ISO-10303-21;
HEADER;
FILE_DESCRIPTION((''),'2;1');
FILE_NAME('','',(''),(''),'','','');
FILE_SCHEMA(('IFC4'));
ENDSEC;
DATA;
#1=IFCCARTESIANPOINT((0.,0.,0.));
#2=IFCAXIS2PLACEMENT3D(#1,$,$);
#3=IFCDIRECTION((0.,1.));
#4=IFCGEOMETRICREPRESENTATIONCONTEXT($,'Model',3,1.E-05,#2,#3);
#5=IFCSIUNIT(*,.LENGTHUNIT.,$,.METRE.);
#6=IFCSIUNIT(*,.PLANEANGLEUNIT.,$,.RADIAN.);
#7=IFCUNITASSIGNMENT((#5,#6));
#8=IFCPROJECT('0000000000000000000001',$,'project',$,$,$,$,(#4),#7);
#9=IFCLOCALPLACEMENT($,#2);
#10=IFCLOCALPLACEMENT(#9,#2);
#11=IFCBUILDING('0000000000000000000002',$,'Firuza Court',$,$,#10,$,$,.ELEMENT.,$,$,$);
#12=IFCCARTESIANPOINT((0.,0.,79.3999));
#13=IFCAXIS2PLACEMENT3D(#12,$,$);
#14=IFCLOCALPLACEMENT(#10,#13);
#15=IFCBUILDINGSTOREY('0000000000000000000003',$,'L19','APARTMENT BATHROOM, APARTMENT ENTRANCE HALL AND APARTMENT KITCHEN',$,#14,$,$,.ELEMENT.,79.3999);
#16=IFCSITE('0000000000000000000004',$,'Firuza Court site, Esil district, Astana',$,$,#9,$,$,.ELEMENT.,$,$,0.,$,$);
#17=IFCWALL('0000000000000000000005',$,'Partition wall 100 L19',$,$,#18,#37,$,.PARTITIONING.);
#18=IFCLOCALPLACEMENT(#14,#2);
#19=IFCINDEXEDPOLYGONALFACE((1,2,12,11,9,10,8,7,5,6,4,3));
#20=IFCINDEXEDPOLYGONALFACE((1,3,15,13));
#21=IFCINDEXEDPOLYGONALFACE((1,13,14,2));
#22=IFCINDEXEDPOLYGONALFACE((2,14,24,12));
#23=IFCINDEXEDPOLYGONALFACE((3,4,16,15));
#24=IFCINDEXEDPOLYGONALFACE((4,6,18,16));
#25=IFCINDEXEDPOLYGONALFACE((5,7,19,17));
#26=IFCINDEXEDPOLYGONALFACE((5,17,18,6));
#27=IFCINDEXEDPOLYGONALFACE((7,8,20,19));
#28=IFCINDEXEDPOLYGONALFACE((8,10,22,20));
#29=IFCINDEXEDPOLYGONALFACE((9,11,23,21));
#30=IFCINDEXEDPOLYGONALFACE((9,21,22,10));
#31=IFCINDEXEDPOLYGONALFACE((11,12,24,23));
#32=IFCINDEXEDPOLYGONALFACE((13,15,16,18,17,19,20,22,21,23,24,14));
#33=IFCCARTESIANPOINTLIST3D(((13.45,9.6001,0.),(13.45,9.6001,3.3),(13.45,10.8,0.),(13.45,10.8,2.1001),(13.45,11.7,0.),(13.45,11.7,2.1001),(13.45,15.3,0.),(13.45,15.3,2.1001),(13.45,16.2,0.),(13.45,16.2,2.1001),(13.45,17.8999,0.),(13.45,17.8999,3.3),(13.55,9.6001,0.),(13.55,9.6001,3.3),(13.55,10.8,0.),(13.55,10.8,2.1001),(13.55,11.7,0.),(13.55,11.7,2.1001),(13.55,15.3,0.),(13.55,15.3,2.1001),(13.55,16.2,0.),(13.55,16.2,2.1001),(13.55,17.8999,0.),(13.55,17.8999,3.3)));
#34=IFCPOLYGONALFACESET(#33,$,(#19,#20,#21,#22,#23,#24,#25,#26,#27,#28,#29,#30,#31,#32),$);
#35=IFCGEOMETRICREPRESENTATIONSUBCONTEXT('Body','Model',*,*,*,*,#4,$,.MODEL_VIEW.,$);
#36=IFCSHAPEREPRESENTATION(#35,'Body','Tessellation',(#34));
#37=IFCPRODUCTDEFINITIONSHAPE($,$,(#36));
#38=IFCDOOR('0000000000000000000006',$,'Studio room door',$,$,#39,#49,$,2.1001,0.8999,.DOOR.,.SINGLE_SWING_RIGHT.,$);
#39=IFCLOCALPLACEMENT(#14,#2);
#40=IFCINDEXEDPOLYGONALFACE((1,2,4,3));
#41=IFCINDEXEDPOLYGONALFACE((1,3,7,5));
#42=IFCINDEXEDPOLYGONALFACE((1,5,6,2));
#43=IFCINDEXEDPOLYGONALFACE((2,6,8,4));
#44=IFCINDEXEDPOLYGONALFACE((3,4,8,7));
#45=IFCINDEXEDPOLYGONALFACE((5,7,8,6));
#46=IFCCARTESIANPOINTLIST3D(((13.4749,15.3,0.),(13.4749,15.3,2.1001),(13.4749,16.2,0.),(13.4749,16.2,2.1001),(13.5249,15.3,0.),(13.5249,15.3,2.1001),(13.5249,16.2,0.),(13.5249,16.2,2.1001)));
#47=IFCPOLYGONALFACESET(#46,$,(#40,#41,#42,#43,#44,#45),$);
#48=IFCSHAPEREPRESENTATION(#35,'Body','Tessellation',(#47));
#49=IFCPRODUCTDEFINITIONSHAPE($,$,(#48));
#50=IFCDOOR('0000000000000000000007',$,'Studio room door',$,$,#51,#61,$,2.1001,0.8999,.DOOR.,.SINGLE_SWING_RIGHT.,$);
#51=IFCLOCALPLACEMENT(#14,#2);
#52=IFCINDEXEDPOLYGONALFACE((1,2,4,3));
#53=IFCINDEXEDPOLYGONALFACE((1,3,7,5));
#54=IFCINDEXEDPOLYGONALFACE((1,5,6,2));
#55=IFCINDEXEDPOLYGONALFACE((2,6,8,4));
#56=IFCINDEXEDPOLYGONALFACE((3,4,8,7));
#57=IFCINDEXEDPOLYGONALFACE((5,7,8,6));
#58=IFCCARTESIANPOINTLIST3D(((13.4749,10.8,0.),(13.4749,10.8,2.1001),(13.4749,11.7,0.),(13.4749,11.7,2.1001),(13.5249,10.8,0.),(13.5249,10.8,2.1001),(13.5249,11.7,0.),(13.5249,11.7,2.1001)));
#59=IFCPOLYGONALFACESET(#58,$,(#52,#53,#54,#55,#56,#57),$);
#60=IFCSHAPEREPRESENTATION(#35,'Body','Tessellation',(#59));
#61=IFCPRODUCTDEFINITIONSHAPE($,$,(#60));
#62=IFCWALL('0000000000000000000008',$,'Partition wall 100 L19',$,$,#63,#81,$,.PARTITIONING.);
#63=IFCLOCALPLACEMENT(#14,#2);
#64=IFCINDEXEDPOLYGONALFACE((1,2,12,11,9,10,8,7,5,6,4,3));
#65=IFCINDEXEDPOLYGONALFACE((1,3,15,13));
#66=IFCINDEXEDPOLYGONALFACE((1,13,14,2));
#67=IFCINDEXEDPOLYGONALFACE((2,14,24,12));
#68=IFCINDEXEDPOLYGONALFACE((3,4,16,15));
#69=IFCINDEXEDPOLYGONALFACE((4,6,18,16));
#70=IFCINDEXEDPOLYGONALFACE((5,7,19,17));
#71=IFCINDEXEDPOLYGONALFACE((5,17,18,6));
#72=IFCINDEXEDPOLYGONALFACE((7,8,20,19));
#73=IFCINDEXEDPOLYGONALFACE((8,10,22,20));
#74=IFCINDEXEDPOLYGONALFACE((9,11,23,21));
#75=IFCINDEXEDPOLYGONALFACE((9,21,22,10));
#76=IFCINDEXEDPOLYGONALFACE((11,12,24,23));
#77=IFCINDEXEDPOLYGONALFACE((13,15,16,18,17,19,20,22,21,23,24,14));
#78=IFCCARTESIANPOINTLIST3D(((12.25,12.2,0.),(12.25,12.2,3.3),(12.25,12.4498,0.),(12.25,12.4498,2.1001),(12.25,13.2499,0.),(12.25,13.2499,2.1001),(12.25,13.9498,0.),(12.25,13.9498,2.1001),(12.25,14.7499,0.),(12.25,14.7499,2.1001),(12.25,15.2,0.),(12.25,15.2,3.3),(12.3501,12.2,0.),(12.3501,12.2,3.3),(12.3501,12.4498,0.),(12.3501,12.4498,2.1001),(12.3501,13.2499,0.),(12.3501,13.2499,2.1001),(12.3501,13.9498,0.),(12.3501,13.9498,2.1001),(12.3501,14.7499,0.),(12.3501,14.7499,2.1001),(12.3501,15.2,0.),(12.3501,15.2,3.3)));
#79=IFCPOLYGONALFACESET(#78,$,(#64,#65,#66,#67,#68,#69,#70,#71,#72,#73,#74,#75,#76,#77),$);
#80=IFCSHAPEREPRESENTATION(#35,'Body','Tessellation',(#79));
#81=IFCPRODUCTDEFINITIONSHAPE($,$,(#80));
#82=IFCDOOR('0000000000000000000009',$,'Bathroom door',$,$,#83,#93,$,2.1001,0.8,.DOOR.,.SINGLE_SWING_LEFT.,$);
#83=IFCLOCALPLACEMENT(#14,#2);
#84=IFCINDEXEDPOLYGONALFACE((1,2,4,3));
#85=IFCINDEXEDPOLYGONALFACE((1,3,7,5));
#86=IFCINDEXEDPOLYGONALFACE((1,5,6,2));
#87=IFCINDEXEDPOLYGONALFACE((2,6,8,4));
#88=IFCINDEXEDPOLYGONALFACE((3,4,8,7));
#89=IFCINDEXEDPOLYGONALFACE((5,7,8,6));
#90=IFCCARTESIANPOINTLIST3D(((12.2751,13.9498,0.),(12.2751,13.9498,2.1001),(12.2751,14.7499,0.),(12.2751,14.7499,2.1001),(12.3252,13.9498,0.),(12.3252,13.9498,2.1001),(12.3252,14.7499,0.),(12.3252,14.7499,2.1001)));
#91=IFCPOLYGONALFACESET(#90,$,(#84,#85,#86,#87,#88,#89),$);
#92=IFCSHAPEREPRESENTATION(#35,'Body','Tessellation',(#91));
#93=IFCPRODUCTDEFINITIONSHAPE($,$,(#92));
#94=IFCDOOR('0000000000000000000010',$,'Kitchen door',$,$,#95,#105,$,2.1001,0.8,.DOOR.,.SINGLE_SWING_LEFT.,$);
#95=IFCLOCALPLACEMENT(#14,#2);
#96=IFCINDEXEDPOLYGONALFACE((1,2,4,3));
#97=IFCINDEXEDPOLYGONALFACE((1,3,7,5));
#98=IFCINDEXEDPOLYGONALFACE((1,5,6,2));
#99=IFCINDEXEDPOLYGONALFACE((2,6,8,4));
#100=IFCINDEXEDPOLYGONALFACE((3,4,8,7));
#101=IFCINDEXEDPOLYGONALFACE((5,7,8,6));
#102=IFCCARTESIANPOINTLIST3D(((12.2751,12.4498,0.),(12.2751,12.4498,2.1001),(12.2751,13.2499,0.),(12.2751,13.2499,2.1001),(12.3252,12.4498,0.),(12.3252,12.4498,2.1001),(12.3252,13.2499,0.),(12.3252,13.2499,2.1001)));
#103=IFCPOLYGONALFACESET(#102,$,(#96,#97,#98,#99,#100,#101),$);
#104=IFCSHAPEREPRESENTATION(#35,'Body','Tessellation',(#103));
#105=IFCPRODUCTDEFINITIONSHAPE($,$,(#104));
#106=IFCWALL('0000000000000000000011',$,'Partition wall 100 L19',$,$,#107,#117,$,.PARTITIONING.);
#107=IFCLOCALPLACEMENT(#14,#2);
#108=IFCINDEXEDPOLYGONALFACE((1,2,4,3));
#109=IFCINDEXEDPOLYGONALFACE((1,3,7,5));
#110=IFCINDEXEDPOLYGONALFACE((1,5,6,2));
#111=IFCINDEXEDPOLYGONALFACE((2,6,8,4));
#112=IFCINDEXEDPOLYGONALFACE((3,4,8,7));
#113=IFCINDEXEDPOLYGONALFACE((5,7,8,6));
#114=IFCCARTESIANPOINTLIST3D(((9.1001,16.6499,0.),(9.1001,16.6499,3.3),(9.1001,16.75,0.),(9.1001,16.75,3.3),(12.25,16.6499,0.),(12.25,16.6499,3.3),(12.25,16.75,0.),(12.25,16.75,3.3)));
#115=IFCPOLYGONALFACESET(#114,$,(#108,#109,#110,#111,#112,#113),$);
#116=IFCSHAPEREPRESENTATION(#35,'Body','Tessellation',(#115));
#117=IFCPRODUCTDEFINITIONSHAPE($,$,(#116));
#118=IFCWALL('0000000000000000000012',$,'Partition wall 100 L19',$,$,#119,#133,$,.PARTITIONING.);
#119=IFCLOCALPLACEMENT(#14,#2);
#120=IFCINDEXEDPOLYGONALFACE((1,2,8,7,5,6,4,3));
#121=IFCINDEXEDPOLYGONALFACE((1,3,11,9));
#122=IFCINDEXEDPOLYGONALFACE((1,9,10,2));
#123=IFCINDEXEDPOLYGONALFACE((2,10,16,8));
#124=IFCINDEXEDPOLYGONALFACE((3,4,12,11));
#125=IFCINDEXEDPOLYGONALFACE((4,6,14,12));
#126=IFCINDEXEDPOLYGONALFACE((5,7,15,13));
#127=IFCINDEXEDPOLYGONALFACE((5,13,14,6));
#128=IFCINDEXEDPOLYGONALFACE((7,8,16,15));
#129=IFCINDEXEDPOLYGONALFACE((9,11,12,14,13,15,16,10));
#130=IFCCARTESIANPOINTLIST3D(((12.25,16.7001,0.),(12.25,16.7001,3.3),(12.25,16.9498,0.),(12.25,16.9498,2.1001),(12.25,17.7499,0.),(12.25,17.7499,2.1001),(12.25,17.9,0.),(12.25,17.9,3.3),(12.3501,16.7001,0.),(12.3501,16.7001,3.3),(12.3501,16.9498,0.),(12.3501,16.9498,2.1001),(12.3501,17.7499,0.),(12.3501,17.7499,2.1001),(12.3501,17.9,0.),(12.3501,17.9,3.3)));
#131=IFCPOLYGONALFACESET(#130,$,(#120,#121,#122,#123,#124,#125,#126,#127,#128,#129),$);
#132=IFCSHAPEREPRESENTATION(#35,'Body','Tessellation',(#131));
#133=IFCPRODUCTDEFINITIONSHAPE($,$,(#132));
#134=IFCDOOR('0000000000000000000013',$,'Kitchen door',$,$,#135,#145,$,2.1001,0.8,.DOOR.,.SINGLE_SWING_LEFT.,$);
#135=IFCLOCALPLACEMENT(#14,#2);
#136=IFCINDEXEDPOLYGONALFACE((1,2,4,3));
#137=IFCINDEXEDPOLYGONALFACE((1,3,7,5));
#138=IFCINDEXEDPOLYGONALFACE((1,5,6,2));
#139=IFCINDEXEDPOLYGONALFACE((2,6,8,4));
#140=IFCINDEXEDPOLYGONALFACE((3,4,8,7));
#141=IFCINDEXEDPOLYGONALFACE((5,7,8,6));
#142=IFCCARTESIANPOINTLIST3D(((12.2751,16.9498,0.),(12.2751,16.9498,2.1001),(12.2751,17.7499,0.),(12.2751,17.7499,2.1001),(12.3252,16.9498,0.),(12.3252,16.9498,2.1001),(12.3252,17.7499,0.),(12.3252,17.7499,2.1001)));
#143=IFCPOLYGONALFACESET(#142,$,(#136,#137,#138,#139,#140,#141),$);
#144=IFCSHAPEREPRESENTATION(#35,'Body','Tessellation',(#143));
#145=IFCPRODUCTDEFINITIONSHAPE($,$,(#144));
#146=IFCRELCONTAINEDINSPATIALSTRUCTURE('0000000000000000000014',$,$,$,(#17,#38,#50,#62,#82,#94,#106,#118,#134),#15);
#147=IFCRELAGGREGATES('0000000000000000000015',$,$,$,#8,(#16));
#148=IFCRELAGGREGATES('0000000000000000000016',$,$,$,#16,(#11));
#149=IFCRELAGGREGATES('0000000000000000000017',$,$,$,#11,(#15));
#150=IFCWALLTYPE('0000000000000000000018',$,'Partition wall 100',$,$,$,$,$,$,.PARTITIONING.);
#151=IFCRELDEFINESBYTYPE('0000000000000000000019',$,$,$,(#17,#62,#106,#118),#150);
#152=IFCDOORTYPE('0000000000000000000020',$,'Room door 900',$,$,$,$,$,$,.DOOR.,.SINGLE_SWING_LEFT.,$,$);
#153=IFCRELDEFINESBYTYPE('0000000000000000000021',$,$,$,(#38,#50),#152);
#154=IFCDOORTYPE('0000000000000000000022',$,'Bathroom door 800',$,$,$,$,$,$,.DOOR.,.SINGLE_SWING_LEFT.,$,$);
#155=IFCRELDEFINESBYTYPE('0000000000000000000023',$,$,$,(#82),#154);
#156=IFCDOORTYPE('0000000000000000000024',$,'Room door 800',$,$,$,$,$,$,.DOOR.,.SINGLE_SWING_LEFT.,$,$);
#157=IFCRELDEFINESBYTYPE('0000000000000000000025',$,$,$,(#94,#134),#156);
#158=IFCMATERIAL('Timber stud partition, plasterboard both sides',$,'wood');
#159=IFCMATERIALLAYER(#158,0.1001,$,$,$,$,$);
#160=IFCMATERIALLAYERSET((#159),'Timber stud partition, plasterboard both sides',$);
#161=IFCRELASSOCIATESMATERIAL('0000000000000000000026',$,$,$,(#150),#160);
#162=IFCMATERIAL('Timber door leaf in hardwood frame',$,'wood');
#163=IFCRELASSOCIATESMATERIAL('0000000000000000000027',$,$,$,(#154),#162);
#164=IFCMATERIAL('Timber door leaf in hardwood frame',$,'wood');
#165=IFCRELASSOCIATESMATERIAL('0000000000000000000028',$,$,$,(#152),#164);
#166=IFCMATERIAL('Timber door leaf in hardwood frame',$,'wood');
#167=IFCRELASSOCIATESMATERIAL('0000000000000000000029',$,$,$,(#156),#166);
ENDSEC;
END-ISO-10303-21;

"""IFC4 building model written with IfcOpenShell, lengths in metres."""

from ifc_helpers import new_model, si_unit, direction, frame, frame_2d, origin, place, context, subcontext, project, spatial, rectangle, extrude, material, layer, layer_set, type_object, element, fill, save


model = new_model("IFC4")

# Units and contexts
model_context = context("Model", 3, precision=1e-05, world=origin(), true_north=direction((0.0, 1.0)))
body_context = subcontext(model_context, "Body", "Model", "MODEL_VIEW")
ifc_project = project(units=[si_unit("LENGTHUNIT", "METRE"), si_unit("PLANEANGLEUNIT", "RADIAN")], contexts=[model_context])

# Site, building, storey
site_placement = place(None, origin())
site = spatial("IfcSite", under=ifc_project, at=site_placement, Name="Firuza Court site, Esil district, Astana", CompositionType="ELEMENT", RefElevation=0.0)
building_placement = place(site_placement, origin())
building = spatial("IfcBuilding", under=site, at=building_placement, Name="Firuza Court", CompositionType="ELEMENT")
storey_placement = place(building_placement, frame((0.0, 0.0, 79.3999)))
storey = spatial("IfcBuildingStorey", under=building, at=storey_placement, Name="L19", Description="APARTMENT BATHROOM, APARTMENT ENTRANCE HALL AND APARTMENT KITCHEN", CompositionType="ELEMENT", Elevation=79.3999)

# Shared definitions
ifc_material_1 = material(Name="Timber stud partition, plasterboard both sides", Category="wood")
ifc_layer_1 = layer(ifc_material_1, 0.1001)
ifc_layer_set_1 = layer_set([ifc_layer_1], Name="Timber stud partition, plasterboard both sides")
wall_type_1 = type_object("IfcWallType", Name="Partition wall 100", PredefinedType="PARTITIONING", material=ifc_layer_set_1)
ifc_material_2 = material(Name="Timber door leaf in hardwood frame", Category="wood")
door_type_1 = type_object("IfcDoorType", Name="Bathroom door 800", OperationType="SINGLE_SWING_LEFT", PredefinedType="DOOR", material=ifc_material_2)

# Walls, openings, doors
wall_1_placement = place(storey_placement, frame((13.5, 9.6001, 0.0), z_axis=(0.0, 0.0, 1.0), x_axis=(0.0, 1.0, 0.0)))
wall_1 = element("IfcWall", 1, at=wall_1_placement, inside=storey, type_object=wall_type_1, Name="Partition wall 100 L19", PredefinedType="PARTITIONING", context=body_context, shape_type="SweptSolid", body=[
    extrude(rectangle(XDim=8.2998, YDim=0.1001, at=frame_2d((4.1499, 0.0))), origin(), (0.0, 0.0, 1.0), 3.3),
])
opening_1_placement = place(wall_1_placement, frame((5.7, 0.0, 0.0)))
opening_1 = element("IfcOpeningElement", 2, at=opening_1_placement, cuts=wall_1, PredefinedType="OPENING", context=body_context, shape_type="SweptSolid", body=[
    extrude(rectangle(XDim=0.8999, YDim=2.1001, at=frame_2d((0.45, 1.05))), frame((0.0, 0.062, 0.0), z_axis=(0.0, -1.0, 0.0), x_axis=(1.0, 0.0, 0.0)), (0.0, 0.0, 1.0), 0.124),
])
opening_2_placement = place(wall_1_placement, frame((1.2, 0.0, 0.0)))
opening_2 = element("IfcOpeningElement", 3, at=opening_2_placement, cuts=wall_1, PredefinedType="OPENING", context=body_context, shape_type="SweptSolid", body=[
    extrude(rectangle(XDim=0.8999, YDim=2.1001, at=frame_2d((0.45, 1.05))), frame((0.0, 0.062, 0.0), z_axis=(0.0, -1.0, 0.0), x_axis=(1.0, 0.0, 0.0)), (0.0, 0.0, 1.0), 0.124),
])
ifc_material_3 = material(Name="Timber door leaf in hardwood frame", Category="wood")
door_type_2 = type_object("IfcDoorType", Name="Room door 900", OperationType="SINGLE_SWING_LEFT", PredefinedType="DOOR", material=ifc_material_3)
door_1_placement = place(opening_1_placement, frame((0.8999, 0.0, 0.0), z_axis=(0.0, 0.0, 1.0), x_axis=(-1.0, 0.0, 0.0)))
door_1 = element("IfcDoor", 4, at=door_1_placement, inside=storey, type_object=door_type_2, Name="Studio room door", OperationType="SINGLE_SWING_RIGHT", OverallHeight=2.1001, OverallWidth=0.8999, PredefinedType="DOOR", context=body_context, shape_type="SweptSolid", body=[
    extrude(rectangle(XDim=0.8999, YDim=2.1001, at=frame_2d((0.45, 1.05))), frame((0.0, 0.0249, 0.0), z_axis=(0.0, -1.0, 0.0), x_axis=(1.0, 0.0, 0.0)), (0.0, 0.0, 1.0), 0.05),
])
fill(opening_1, door_1)
door_2_placement = place(opening_2_placement, frame((0.8999, 0.0, 0.0), z_axis=(0.0, 0.0, 1.0), x_axis=(-1.0, 0.0, 0.0)))
door_2 = element("IfcDoor", 5, at=door_2_placement, inside=storey, type_object=door_type_2, Name="Studio room door", OperationType="SINGLE_SWING_RIGHT", OverallHeight=2.1001, OverallWidth=0.8999, PredefinedType="DOOR", context=body_context, shape_type="SweptSolid", body=[
    extrude(rectangle(XDim=0.8999, YDim=2.1001, at=frame_2d((0.45, 1.05))), frame((0.0, 0.0249, 0.0), z_axis=(0.0, -1.0, 0.0), x_axis=(1.0, 0.0, 0.0)), (0.0, 0.0, 1.0), 0.05),
])
fill(opening_2, door_2)
wall_2_placement = place(storey_placement, frame((12.3, 12.2, 0.0), z_axis=(0.0, 0.0, 1.0), x_axis=(0.0, 1.0, 0.0)))
wall_2 = element("IfcWall", 6, at=wall_2_placement, inside=storey, type_object=wall_type_1, Name="Partition wall 100 L19", PredefinedType="PARTITIONING", context=body_context, shape_type="SweptSolid", body=[
    extrude(rectangle(XDim=3.0, YDim=0.1001, at=frame_2d((1.5, 0.0))), origin(), (0.0, 0.0, 1.0), 3.3),
])
opening_3_placement = place(wall_2_placement, frame((1.75, 0.0, 0.0)))
opening_3 = element("IfcOpeningElement", 7, at=opening_3_placement, cuts=wall_2, PredefinedType="OPENING", context=body_context, shape_type="SweptSolid", body=[
    extrude(rectangle(XDim=0.8, YDim=2.1001, at=frame_2d((0.3999, 1.05))), frame((0.0, 0.062, 0.0), z_axis=(0.0, -1.0, 0.0), x_axis=(1.0, 0.0, 0.0)), (0.0, 0.0, 1.0), 0.124),
])
opening_4_placement = place(wall_2_placement, frame((0.25, 0.0, 0.0)))
opening_4 = element("IfcOpeningElement", 8, at=opening_4_placement, cuts=wall_2, PredefinedType="OPENING", context=body_context, shape_type="SweptSolid", body=[
    extrude(rectangle(XDim=0.8, YDim=2.1001, at=frame_2d((0.3999, 1.05))), frame((0.0, 0.062, 0.0), z_axis=(0.0, -1.0, 0.0), x_axis=(1.0, 0.0, 0.0)), (0.0, 0.0, 1.0), 0.124),
])
door_3_placement = place(opening_3_placement, origin())
door_3 = element("IfcDoor", 9, at=door_3_placement, inside=storey, type_object=door_type_1, Name="Bathroom door", OperationType="SINGLE_SWING_LEFT", OverallHeight=2.1001, OverallWidth=0.8, PredefinedType="DOOR", context=body_context, shape_type="SweptSolid", body=[
    extrude(rectangle(XDim=0.8, YDim=2.1001, at=frame_2d((0.3999, 1.05))), frame((0.0, 0.0249, 0.0), z_axis=(0.0, -1.0, 0.0), x_axis=(1.0, 0.0, 0.0)), (0.0, 0.0, 1.0), 0.05),
])
fill(opening_3, door_3)
ifc_material_4 = material(Name="Timber door leaf in hardwood frame", Category="wood")
door_type_3 = type_object("IfcDoorType", Name="Room door 800", OperationType="SINGLE_SWING_LEFT", PredefinedType="DOOR", material=ifc_material_4)
door_4_placement = place(opening_4_placement, origin())
door_4 = element("IfcDoor", 10, at=door_4_placement, inside=storey, type_object=door_type_3, Name="Kitchen door", OperationType="SINGLE_SWING_LEFT", OverallHeight=2.1001, OverallWidth=0.8, PredefinedType="DOOR", context=body_context, shape_type="SweptSolid", body=[
    extrude(rectangle(XDim=0.8, YDim=2.1001, at=frame_2d((0.3999, 1.05))), frame((0.0, 0.0249, 0.0), z_axis=(0.0, -1.0, 0.0), x_axis=(1.0, 0.0, 0.0)), (0.0, 0.0, 1.0), 0.05),
])
fill(opening_4, door_4)

# Wall
wall_3_placement = place(storey_placement, frame((9.1001, 16.7, 0.0), z_axis=(0.0, 0.0, 1.0), x_axis=(1.0, 0.0, 0.0)))
element("IfcWall", 11, at=wall_3_placement, inside=storey, type_object=wall_type_1, Name="Partition wall 100 L19", PredefinedType="PARTITIONING", context=body_context, shape_type="SweptSolid", body=[
    extrude(rectangle(XDim=3.1499, YDim=0.1001, at=frame_2d((1.575, 0.0))), origin(), (0.0, 0.0, 1.0), 3.3),
])

# Wall, opening, door
wall_4_placement = place(storey_placement, frame((12.3, 16.7, 0.0), z_axis=(0.0, 0.0, 1.0), x_axis=(0.0, 1.0, 0.0)))
wall_4 = element("IfcWall", 12, at=wall_4_placement, inside=storey, type_object=wall_type_1, Name="Partition wall 100 L19", PredefinedType="PARTITIONING", context=body_context, shape_type="SweptSolid", body=[
    extrude(rectangle(XDim=1.2, YDim=0.1001, at=frame_2d((0.6001, 0.0))), origin(), (0.0, 0.0, 1.0), 3.3),
])
opening_5_placement = place(wall_4_placement, frame((0.25, 0.0, 0.0)))
opening_5 = element("IfcOpeningElement", 13, at=opening_5_placement, cuts=wall_4, PredefinedType="OPENING", context=body_context, shape_type="SweptSolid", body=[
    extrude(rectangle(XDim=0.8, YDim=2.1001, at=frame_2d((0.3999, 1.05))), frame((0.0, 0.062, 0.0), z_axis=(0.0, -1.0, 0.0), x_axis=(1.0, 0.0, 0.0)), (0.0, 0.0, 1.0), 0.124),
])
door_5_placement = place(opening_5_placement, origin())
door_5 = element("IfcDoor", 14, at=door_5_placement, inside=storey, type_object=door_type_3, Name="Kitchen door", OperationType="SINGLE_SWING_LEFT", OverallHeight=2.1001, OverallWidth=0.8, PredefinedType="DOOR", context=body_context, shape_type="SweptSolid", body=[
    extrude(rectangle(XDim=0.8, YDim=2.1001, at=frame_2d((0.3999, 1.05))), frame((0.0, 0.0249, 0.0), z_axis=(0.0, -1.0, 0.0), x_axis=(1.0, 0.0, 0.0)), (0.0, 0.0, 1.0), 0.05),
])
fill(opening_5, door_5)

save(model, "model.ifc")
